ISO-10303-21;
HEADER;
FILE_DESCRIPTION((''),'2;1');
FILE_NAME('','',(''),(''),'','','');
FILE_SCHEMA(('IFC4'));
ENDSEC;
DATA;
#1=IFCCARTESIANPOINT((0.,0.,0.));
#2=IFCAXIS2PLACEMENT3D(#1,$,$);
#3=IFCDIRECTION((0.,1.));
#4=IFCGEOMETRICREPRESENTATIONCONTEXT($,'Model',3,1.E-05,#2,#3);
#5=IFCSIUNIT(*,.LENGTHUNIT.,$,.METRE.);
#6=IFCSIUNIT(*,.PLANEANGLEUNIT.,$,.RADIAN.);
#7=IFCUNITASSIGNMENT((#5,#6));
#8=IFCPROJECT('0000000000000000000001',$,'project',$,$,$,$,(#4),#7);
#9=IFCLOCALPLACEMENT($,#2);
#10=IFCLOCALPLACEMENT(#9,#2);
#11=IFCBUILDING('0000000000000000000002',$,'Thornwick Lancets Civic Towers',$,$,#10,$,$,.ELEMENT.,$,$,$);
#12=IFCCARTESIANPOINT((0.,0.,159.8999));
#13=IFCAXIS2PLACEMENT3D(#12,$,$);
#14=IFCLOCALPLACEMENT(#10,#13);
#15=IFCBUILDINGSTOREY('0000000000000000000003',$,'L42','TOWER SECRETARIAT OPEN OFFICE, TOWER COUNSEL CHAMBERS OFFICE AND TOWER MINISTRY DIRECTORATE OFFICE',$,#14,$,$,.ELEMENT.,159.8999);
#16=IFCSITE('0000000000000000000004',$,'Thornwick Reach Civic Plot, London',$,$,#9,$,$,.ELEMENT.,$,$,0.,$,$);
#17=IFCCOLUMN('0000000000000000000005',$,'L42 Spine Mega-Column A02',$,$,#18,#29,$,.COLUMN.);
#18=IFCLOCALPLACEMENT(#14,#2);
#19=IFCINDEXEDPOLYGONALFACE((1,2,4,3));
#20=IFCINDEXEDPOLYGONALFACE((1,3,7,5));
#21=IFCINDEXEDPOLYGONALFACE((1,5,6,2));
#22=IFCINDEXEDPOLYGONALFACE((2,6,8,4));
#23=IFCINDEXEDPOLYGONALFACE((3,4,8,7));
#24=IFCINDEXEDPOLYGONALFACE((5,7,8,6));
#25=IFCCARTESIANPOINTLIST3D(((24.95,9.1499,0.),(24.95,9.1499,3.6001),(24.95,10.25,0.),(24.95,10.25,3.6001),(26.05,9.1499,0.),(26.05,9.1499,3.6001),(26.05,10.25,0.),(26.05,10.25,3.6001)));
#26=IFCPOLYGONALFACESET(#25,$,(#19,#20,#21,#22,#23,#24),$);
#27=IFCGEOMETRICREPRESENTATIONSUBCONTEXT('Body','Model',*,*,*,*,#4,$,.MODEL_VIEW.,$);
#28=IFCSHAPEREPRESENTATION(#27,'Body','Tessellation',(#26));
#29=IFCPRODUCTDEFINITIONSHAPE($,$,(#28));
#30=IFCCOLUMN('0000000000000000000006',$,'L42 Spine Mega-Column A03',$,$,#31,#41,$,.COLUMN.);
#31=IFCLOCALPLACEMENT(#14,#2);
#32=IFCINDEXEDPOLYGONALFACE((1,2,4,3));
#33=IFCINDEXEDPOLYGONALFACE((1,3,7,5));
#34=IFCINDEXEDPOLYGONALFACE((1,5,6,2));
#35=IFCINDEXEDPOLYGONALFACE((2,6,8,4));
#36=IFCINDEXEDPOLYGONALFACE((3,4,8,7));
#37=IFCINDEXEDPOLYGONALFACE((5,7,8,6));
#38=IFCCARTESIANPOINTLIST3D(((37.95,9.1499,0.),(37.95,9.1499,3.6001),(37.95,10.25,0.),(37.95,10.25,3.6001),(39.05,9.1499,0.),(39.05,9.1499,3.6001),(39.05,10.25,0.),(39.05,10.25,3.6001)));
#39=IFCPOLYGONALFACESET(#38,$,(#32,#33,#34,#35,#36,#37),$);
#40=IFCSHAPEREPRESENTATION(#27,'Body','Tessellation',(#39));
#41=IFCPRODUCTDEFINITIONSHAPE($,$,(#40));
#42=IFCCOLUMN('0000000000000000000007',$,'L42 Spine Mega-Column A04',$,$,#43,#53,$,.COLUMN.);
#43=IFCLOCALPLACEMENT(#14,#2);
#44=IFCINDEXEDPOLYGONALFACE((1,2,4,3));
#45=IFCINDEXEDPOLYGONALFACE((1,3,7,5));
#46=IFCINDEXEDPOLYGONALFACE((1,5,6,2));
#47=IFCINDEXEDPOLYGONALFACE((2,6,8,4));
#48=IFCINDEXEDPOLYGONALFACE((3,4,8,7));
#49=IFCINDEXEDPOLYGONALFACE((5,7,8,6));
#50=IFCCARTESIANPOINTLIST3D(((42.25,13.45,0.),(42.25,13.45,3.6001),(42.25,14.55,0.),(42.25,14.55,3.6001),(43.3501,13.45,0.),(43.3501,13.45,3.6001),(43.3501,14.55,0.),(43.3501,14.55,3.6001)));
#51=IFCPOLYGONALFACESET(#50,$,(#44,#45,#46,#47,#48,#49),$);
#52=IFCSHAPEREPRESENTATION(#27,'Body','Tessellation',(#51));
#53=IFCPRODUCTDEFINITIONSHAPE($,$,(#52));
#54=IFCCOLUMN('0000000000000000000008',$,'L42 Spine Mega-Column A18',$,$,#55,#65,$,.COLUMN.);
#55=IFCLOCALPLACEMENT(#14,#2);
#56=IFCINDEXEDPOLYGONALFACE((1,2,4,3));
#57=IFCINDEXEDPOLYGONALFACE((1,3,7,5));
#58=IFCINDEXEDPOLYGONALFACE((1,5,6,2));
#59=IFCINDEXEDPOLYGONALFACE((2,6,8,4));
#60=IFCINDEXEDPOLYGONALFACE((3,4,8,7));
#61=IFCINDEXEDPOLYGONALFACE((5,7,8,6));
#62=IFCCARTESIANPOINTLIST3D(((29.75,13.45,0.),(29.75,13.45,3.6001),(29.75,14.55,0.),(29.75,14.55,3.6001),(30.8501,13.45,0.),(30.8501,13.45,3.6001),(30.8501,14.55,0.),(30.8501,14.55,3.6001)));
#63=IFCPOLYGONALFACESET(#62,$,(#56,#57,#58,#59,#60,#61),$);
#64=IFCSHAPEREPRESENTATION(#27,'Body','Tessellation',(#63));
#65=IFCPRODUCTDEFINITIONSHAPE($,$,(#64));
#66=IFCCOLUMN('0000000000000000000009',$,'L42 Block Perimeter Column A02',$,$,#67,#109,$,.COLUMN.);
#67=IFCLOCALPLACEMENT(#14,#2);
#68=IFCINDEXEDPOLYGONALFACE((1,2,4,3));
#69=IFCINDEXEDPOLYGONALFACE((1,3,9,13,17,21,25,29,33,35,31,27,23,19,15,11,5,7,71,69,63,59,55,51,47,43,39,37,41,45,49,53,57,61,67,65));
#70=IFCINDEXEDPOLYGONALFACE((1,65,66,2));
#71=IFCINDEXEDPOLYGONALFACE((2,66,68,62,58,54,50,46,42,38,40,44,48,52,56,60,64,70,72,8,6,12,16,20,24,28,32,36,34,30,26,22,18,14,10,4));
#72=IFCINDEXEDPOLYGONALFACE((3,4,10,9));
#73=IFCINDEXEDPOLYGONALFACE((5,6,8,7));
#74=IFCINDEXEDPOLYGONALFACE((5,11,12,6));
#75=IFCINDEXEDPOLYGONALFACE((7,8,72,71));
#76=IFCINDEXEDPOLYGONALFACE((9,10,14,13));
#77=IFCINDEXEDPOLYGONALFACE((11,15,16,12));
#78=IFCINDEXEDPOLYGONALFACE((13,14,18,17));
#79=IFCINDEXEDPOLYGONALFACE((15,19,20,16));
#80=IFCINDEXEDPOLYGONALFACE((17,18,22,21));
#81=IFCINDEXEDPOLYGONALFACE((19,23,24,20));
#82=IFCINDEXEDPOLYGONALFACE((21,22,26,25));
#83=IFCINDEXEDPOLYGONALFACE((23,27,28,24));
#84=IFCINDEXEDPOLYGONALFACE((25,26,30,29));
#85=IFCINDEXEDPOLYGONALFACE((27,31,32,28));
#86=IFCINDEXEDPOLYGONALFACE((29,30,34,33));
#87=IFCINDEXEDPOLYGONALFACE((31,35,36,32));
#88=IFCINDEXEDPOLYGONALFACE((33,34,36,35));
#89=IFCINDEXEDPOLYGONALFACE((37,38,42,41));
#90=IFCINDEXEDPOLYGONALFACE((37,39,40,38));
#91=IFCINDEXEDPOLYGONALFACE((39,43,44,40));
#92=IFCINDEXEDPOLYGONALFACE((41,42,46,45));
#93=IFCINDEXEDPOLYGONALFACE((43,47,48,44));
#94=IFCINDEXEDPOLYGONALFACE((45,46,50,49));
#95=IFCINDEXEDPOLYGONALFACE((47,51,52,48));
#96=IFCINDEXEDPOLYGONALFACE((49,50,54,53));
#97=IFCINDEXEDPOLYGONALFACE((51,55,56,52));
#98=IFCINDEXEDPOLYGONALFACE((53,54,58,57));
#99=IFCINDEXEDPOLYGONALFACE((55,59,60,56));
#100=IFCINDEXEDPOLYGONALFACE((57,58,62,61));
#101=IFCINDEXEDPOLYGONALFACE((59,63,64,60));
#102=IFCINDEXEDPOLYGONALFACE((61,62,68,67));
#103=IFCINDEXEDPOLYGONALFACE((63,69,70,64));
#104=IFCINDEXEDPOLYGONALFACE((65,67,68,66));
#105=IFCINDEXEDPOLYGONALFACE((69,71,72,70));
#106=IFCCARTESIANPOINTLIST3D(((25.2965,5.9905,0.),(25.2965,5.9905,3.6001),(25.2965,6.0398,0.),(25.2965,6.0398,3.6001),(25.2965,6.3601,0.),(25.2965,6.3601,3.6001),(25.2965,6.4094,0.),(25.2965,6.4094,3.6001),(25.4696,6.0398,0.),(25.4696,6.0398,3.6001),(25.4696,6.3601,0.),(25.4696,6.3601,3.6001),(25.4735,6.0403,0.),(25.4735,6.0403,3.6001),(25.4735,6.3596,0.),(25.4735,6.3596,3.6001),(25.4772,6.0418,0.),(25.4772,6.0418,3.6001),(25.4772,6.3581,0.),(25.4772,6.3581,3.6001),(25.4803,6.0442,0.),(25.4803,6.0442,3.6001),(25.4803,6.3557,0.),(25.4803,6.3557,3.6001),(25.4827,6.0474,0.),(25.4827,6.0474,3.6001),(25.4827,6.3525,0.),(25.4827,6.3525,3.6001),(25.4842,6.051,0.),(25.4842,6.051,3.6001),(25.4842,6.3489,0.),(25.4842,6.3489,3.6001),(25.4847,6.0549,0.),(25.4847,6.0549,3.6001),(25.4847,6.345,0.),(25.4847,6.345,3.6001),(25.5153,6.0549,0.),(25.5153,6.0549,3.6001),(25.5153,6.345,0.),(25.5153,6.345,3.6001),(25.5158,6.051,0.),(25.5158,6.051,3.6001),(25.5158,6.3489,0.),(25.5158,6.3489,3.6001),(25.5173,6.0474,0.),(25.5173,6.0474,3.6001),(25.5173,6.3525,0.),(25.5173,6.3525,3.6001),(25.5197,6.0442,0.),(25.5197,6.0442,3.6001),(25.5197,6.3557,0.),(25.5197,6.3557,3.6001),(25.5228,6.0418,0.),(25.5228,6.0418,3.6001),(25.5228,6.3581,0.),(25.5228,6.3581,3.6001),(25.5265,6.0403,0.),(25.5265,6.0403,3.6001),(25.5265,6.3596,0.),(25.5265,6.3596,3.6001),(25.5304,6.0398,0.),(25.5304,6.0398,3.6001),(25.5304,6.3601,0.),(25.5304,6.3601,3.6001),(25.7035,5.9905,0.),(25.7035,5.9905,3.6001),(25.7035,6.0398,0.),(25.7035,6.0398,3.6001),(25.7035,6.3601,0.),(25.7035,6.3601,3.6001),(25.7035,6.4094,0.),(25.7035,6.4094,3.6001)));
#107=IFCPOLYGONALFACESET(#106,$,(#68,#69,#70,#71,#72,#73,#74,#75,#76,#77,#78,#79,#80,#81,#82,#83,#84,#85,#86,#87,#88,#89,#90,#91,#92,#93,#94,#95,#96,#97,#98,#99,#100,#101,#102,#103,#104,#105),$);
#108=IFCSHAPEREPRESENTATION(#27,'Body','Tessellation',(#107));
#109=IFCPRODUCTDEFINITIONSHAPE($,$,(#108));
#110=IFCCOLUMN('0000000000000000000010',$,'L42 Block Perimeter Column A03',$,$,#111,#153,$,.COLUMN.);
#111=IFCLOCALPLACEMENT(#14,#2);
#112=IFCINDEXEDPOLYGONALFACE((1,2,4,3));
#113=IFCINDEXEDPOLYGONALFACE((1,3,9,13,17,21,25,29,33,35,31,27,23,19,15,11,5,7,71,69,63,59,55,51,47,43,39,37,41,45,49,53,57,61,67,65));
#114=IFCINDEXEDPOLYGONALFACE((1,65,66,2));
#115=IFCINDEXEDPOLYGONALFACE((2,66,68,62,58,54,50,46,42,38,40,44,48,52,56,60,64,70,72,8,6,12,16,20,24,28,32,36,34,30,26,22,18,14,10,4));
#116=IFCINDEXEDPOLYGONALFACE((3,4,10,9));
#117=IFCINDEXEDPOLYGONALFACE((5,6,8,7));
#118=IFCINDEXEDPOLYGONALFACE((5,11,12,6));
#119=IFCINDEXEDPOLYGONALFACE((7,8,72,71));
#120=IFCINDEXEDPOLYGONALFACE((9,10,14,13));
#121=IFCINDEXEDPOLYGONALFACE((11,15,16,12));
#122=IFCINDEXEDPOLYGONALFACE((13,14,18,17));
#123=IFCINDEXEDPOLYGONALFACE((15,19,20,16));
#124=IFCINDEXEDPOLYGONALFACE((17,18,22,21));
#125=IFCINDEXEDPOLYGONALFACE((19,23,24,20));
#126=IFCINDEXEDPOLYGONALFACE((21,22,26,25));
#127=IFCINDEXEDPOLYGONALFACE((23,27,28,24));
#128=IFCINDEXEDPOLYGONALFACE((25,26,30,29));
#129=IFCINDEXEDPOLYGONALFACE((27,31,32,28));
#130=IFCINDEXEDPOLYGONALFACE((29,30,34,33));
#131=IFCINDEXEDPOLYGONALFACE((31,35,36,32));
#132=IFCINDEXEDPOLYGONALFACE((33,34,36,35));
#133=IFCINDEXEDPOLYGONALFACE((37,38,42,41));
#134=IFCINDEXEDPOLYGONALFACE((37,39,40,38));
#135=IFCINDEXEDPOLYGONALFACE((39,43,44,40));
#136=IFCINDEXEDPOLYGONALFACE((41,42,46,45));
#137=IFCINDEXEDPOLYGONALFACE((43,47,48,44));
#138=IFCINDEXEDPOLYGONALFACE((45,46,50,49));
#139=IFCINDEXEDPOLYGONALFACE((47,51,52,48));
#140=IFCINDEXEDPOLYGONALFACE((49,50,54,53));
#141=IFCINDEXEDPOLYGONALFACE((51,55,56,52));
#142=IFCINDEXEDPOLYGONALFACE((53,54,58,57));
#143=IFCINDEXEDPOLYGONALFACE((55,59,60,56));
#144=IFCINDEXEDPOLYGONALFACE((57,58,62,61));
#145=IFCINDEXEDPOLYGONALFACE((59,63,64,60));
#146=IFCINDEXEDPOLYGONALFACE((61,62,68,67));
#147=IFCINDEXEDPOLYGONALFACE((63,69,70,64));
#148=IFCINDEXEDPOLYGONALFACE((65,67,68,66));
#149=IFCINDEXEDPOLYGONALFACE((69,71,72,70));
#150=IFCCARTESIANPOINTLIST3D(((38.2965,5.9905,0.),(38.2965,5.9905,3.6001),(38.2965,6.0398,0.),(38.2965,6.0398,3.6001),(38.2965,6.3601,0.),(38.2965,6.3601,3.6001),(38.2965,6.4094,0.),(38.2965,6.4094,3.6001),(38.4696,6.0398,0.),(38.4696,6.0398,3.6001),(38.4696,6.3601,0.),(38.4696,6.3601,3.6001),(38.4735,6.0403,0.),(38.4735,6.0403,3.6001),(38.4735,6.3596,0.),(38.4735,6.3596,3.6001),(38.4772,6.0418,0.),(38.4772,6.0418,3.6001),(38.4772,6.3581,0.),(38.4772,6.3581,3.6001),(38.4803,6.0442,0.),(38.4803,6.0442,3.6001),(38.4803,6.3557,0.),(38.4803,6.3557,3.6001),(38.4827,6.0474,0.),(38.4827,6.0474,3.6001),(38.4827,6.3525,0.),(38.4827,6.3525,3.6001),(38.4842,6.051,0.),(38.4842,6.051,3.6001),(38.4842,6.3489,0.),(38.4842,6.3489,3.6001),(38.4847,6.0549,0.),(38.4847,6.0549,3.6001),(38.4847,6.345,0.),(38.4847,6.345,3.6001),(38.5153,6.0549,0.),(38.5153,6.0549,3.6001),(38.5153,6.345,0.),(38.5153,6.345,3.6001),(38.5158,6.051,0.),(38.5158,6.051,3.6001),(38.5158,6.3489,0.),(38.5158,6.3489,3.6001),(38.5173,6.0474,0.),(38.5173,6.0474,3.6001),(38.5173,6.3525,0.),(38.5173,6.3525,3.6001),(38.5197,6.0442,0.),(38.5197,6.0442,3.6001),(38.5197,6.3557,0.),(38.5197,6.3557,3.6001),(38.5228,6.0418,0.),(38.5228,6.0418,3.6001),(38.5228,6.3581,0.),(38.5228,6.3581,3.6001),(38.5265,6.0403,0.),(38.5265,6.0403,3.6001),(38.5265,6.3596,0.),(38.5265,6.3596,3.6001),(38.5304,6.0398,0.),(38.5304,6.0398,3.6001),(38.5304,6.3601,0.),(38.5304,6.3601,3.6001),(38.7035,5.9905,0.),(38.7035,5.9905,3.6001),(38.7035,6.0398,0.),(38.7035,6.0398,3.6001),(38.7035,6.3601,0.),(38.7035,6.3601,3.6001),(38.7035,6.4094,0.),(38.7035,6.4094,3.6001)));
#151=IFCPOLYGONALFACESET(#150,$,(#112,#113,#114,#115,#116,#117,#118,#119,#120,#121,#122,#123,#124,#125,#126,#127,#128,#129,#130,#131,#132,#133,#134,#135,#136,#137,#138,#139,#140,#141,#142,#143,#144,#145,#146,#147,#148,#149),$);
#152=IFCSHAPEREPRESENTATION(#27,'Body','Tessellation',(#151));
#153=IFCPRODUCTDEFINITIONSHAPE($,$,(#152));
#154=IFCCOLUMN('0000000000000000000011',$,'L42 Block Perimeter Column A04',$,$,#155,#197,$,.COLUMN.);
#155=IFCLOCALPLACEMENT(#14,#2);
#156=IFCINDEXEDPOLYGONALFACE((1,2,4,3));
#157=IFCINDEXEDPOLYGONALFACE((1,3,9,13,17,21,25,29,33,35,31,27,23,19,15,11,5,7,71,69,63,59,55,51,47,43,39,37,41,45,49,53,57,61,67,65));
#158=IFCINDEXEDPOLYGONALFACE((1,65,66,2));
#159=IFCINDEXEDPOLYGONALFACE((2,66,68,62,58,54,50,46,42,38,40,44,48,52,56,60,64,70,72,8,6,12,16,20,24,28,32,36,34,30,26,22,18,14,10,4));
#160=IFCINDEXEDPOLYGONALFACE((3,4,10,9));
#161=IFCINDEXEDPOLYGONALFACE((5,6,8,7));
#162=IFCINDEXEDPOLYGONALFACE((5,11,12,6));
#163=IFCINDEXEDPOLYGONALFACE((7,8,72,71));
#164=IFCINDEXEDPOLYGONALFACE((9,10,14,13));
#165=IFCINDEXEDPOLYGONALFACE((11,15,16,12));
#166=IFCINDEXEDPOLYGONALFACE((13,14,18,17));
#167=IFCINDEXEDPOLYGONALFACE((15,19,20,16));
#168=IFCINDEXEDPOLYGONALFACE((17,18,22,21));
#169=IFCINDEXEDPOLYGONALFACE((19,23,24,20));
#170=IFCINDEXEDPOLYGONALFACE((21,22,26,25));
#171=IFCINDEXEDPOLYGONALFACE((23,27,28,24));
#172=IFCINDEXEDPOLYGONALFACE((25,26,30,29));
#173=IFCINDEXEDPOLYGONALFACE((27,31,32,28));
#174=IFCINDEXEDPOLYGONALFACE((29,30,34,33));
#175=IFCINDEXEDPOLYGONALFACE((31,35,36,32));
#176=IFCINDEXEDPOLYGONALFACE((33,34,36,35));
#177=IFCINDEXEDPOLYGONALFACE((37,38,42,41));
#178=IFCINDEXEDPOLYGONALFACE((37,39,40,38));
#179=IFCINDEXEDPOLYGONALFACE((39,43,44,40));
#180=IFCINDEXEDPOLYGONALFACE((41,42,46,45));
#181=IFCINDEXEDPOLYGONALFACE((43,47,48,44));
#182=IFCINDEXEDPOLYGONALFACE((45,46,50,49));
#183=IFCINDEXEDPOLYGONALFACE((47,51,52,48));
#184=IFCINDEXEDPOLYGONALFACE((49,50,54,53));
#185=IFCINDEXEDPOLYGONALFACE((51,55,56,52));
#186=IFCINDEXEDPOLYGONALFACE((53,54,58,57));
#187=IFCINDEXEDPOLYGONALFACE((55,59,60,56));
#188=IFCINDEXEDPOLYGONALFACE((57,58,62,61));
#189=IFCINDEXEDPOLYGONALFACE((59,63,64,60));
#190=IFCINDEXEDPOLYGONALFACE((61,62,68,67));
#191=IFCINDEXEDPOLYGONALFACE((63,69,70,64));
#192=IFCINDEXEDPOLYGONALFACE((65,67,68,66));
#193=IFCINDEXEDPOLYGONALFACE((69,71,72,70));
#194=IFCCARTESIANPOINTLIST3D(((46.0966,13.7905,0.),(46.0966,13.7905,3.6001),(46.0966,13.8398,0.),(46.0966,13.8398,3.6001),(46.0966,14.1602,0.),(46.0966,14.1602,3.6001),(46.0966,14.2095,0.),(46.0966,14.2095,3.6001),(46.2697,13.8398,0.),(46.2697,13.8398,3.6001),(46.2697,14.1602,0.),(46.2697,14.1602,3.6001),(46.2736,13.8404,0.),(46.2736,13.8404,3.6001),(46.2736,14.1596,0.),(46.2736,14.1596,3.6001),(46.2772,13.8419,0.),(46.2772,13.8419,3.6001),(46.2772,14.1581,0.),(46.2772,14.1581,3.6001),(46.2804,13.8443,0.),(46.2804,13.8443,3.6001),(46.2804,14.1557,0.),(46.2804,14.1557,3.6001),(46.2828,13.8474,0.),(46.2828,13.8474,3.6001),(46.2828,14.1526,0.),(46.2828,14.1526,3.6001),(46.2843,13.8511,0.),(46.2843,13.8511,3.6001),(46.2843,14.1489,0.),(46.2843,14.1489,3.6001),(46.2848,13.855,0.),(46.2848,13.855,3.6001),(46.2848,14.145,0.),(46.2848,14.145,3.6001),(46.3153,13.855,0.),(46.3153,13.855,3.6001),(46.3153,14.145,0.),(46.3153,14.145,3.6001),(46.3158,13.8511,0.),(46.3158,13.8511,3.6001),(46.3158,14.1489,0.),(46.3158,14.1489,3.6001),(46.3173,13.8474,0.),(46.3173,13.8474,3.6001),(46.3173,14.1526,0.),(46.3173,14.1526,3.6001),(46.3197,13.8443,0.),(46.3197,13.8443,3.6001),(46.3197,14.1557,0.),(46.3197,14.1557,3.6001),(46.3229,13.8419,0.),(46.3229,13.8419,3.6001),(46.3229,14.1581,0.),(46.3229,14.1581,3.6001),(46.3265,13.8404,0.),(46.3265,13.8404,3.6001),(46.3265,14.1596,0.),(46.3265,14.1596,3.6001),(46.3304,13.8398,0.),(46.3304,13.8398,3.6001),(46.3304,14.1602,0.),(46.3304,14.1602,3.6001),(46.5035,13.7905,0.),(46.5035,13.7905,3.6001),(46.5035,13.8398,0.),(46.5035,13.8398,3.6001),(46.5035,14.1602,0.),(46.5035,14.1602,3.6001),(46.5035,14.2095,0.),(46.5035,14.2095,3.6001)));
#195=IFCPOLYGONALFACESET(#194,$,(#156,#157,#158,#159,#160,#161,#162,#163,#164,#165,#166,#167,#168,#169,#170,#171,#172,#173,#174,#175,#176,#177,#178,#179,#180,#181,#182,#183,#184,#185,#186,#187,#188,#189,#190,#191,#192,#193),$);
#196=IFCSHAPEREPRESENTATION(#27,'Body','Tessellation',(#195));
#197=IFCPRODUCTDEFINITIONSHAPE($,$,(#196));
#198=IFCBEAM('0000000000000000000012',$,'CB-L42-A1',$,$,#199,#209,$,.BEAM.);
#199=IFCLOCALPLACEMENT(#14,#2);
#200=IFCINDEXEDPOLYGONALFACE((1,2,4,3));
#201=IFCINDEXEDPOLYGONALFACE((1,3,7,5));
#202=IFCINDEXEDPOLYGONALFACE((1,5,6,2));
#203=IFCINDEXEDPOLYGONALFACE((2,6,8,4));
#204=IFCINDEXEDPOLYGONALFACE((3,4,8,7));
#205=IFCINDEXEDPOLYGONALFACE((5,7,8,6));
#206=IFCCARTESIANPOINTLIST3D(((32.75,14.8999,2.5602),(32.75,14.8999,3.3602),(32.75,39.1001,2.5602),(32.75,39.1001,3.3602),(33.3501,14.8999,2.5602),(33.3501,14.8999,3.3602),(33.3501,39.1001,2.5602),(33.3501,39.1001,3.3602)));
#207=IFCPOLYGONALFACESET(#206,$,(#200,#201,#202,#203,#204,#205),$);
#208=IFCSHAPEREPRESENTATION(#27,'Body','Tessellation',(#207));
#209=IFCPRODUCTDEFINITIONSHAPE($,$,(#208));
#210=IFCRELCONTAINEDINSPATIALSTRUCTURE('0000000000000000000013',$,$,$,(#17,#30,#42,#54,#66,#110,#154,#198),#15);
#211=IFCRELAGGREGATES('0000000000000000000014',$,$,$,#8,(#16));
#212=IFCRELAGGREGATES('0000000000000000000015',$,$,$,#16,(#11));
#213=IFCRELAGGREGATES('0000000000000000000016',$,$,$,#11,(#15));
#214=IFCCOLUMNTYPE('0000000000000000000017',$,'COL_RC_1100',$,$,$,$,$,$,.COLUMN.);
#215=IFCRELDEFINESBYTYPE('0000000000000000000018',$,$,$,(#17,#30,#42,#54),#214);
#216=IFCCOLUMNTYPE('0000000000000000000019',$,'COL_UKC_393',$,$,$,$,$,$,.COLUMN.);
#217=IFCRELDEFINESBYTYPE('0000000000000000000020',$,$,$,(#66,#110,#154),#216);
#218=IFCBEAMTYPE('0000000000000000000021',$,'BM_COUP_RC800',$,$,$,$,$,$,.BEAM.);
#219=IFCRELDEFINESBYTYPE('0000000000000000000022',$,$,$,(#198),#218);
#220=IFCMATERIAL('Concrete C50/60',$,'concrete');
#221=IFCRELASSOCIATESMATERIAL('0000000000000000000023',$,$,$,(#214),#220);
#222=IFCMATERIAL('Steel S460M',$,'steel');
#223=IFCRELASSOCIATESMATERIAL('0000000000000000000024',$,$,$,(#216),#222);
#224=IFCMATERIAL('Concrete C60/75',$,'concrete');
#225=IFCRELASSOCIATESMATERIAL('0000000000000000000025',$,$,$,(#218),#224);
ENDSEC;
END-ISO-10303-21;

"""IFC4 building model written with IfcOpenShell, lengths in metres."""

from ifc_helpers import new_model, si_unit, direction, frame, origin, origin_2d, place, context, subcontext, project, spatial, rectangle, i_section, extrude, material, material_profile, profile_set, type_object, element, save


model = new_model("IFC4")

# Units and contexts
model_context = context("Model", 3, precision=1e-05, world=origin(), true_north=direction((0.0, 1.0)))
body_context = subcontext(model_context, "Body", "Model", "MODEL_VIEW")
ifc_project = project(units=[si_unit("LENGTHUNIT", "METRE"), si_unit("PLANEANGLEUNIT", "RADIAN")], contexts=[model_context])

# Site, building, storey
site_placement = place(None, origin())
site = spatial("IfcSite", under=ifc_project, at=site_placement, Name="Thornwick Reach Civic Plot, London", CompositionType="ELEMENT", RefElevation=0.0)
building_placement = place(site_placement, origin())
building = spatial("IfcBuilding", under=site, at=building_placement, Name="Thornwick Lancets Civic Towers", CompositionType="ELEMENT")
storey_placement = place(building_placement, frame((0.0, 0.0, 159.8999)))
storey = spatial("IfcBuildingStorey", under=building, at=storey_placement, Name="L42", Description="TOWER SECRETARIAT OPEN OFFICE, TOWER COUNSEL CHAMBERS OFFICE AND TOWER MINISTRY DIRECTORATE OFFICE", CompositionType="ELEMENT", Elevation=159.8999)

# Columns
ifc_material_1 = material(Name="Concrete C50/60", Category="concrete")
ifc_material_profile_1 = material_profile(ifc_material_1, rectangle(XDim=1.1001, YDim=1.1001, at=origin_2d()), Name="RC 1100x1100")
ifc_profile_set_1 = profile_set([ifc_material_profile_1], Name="Concrete C50/60")
column_type_1 = type_object("IfcColumnType", Name="COL_RC_1100", PredefinedType="COLUMN", material=ifc_profile_set_1)
for number, where, z_axis, x_axis, name in (
    (1, (25.5, 9.7, 0.0), (0.0, 0.0, 1.0), (1.0, 0.0, 0.0), "L42 Spine Mega-Column A02"),
    (2, (38.5, 9.7, 0.0), (0.0, 0.0, 1.0), (1.0, 0.0, 0.0), "L42 Spine Mega-Column A03"),
    (3, (42.8, 14.0, 0.0), (0.0, 0.0, 1.0), (1.0, 0.0, 0.0), "L42 Spine Mega-Column A04"),
    (4, (30.3, 14.0, 0.0), (0.0, 0.0, 1.0), (1.0, 0.0, 0.0), "L42 Spine Mega-Column A18"),
):
    element("IfcColumn", number, at=place(storey_placement, frame(where, z_axis=z_axis, x_axis=x_axis)), inside=storey, type_object=column_type_1, Name=name, PredefinedType="COLUMN", context=body_context, shape_type="SweptSolid", body=[
        extrude(rectangle(XDim=1.1001, YDim=1.1001, at=origin_2d()), origin(), (0.0, 0.0, 1.0), 3.6001),
    ])
ifc_material_2 = material(Name="Steel S460M", Category="steel")
ifc_material_profile_2 = material_profile(ifc_material_2, i_section(OverallWidth=0.407, OverallDepth=0.4189, WebThickness=0.0305, FlangeThickness=0.0493, FilletRadius=0.0151, at=origin_2d()), Name="UKC 356x406x393")
ifc_profile_set_2 = profile_set([ifc_material_profile_2], Name="Steel S460M")
column_type_2 = type_object("IfcColumnType", Name="COL_UKC_393", PredefinedType="COLUMN", material=ifc_profile_set_2)
for number, where, z_axis, x_axis, name in (
    (5, (25.5, 6.2, 0.0), (0.0, 0.0, 1.0), (1.0, 0.0, 0.0), "L42 Block Perimeter Column A02"),
    (6, (38.5, 6.2, 0.0), (0.0, 0.0, 1.0), (1.0, 0.0, 0.0), "L42 Block Perimeter Column A03"),
    (7, (46.3, 14.0, 0.0), (0.0, 0.0, 1.0), (1.0, 0.0, 0.0), "L42 Block Perimeter Column A04"),
):
    element("IfcColumn", number, at=place(storey_placement, frame(where, z_axis=z_axis, x_axis=x_axis)), inside=storey, type_object=column_type_2, Name=name, PredefinedType="COLUMN", context=body_context, shape_type="SweptSolid", body=[
        extrude(i_section(OverallWidth=0.407, OverallDepth=0.4189, WebThickness=0.0305, FlangeThickness=0.0493, FilletRadius=0.0151, at=origin_2d()), origin(), (0.0, 0.0, 1.0), 3.6001),
    ])

# Beam
ifc_material_3 = material(Name="Concrete C60/75", Category="concrete")
ifc_material_profile_3 = material_profile(ifc_material_3, rectangle(XDim=0.6001, YDim=0.8, at=origin_2d()), Name="RC 600x800")
ifc_profile_set_3 = profile_set([ifc_material_profile_3], Name="Concrete C60/75")
beam_type_1 = type_object("IfcBeamType", Name="BM_COUP_RC800", PredefinedType="BEAM", material=ifc_profile_set_3)
beam_1_placement = place(storey_placement, frame((33.05, 14.8999, 2.9602), z_axis=(0.0, 1.0, 0.0), x_axis=(-1.0, 0.0, 0.0)))
element("IfcBeam", 8, at=beam_1_placement, inside=storey, type_object=beam_type_1, Name="CB-L42-A1", PredefinedType="BEAM", context=body_context, shape_type="SweptSolid", body=[
    extrude(rectangle(XDim=0.6001, YDim=0.8, at=origin_2d()), origin(), (0.0, 0.0, 1.0), 24.2002),
])

save(model, "model.ifc")
